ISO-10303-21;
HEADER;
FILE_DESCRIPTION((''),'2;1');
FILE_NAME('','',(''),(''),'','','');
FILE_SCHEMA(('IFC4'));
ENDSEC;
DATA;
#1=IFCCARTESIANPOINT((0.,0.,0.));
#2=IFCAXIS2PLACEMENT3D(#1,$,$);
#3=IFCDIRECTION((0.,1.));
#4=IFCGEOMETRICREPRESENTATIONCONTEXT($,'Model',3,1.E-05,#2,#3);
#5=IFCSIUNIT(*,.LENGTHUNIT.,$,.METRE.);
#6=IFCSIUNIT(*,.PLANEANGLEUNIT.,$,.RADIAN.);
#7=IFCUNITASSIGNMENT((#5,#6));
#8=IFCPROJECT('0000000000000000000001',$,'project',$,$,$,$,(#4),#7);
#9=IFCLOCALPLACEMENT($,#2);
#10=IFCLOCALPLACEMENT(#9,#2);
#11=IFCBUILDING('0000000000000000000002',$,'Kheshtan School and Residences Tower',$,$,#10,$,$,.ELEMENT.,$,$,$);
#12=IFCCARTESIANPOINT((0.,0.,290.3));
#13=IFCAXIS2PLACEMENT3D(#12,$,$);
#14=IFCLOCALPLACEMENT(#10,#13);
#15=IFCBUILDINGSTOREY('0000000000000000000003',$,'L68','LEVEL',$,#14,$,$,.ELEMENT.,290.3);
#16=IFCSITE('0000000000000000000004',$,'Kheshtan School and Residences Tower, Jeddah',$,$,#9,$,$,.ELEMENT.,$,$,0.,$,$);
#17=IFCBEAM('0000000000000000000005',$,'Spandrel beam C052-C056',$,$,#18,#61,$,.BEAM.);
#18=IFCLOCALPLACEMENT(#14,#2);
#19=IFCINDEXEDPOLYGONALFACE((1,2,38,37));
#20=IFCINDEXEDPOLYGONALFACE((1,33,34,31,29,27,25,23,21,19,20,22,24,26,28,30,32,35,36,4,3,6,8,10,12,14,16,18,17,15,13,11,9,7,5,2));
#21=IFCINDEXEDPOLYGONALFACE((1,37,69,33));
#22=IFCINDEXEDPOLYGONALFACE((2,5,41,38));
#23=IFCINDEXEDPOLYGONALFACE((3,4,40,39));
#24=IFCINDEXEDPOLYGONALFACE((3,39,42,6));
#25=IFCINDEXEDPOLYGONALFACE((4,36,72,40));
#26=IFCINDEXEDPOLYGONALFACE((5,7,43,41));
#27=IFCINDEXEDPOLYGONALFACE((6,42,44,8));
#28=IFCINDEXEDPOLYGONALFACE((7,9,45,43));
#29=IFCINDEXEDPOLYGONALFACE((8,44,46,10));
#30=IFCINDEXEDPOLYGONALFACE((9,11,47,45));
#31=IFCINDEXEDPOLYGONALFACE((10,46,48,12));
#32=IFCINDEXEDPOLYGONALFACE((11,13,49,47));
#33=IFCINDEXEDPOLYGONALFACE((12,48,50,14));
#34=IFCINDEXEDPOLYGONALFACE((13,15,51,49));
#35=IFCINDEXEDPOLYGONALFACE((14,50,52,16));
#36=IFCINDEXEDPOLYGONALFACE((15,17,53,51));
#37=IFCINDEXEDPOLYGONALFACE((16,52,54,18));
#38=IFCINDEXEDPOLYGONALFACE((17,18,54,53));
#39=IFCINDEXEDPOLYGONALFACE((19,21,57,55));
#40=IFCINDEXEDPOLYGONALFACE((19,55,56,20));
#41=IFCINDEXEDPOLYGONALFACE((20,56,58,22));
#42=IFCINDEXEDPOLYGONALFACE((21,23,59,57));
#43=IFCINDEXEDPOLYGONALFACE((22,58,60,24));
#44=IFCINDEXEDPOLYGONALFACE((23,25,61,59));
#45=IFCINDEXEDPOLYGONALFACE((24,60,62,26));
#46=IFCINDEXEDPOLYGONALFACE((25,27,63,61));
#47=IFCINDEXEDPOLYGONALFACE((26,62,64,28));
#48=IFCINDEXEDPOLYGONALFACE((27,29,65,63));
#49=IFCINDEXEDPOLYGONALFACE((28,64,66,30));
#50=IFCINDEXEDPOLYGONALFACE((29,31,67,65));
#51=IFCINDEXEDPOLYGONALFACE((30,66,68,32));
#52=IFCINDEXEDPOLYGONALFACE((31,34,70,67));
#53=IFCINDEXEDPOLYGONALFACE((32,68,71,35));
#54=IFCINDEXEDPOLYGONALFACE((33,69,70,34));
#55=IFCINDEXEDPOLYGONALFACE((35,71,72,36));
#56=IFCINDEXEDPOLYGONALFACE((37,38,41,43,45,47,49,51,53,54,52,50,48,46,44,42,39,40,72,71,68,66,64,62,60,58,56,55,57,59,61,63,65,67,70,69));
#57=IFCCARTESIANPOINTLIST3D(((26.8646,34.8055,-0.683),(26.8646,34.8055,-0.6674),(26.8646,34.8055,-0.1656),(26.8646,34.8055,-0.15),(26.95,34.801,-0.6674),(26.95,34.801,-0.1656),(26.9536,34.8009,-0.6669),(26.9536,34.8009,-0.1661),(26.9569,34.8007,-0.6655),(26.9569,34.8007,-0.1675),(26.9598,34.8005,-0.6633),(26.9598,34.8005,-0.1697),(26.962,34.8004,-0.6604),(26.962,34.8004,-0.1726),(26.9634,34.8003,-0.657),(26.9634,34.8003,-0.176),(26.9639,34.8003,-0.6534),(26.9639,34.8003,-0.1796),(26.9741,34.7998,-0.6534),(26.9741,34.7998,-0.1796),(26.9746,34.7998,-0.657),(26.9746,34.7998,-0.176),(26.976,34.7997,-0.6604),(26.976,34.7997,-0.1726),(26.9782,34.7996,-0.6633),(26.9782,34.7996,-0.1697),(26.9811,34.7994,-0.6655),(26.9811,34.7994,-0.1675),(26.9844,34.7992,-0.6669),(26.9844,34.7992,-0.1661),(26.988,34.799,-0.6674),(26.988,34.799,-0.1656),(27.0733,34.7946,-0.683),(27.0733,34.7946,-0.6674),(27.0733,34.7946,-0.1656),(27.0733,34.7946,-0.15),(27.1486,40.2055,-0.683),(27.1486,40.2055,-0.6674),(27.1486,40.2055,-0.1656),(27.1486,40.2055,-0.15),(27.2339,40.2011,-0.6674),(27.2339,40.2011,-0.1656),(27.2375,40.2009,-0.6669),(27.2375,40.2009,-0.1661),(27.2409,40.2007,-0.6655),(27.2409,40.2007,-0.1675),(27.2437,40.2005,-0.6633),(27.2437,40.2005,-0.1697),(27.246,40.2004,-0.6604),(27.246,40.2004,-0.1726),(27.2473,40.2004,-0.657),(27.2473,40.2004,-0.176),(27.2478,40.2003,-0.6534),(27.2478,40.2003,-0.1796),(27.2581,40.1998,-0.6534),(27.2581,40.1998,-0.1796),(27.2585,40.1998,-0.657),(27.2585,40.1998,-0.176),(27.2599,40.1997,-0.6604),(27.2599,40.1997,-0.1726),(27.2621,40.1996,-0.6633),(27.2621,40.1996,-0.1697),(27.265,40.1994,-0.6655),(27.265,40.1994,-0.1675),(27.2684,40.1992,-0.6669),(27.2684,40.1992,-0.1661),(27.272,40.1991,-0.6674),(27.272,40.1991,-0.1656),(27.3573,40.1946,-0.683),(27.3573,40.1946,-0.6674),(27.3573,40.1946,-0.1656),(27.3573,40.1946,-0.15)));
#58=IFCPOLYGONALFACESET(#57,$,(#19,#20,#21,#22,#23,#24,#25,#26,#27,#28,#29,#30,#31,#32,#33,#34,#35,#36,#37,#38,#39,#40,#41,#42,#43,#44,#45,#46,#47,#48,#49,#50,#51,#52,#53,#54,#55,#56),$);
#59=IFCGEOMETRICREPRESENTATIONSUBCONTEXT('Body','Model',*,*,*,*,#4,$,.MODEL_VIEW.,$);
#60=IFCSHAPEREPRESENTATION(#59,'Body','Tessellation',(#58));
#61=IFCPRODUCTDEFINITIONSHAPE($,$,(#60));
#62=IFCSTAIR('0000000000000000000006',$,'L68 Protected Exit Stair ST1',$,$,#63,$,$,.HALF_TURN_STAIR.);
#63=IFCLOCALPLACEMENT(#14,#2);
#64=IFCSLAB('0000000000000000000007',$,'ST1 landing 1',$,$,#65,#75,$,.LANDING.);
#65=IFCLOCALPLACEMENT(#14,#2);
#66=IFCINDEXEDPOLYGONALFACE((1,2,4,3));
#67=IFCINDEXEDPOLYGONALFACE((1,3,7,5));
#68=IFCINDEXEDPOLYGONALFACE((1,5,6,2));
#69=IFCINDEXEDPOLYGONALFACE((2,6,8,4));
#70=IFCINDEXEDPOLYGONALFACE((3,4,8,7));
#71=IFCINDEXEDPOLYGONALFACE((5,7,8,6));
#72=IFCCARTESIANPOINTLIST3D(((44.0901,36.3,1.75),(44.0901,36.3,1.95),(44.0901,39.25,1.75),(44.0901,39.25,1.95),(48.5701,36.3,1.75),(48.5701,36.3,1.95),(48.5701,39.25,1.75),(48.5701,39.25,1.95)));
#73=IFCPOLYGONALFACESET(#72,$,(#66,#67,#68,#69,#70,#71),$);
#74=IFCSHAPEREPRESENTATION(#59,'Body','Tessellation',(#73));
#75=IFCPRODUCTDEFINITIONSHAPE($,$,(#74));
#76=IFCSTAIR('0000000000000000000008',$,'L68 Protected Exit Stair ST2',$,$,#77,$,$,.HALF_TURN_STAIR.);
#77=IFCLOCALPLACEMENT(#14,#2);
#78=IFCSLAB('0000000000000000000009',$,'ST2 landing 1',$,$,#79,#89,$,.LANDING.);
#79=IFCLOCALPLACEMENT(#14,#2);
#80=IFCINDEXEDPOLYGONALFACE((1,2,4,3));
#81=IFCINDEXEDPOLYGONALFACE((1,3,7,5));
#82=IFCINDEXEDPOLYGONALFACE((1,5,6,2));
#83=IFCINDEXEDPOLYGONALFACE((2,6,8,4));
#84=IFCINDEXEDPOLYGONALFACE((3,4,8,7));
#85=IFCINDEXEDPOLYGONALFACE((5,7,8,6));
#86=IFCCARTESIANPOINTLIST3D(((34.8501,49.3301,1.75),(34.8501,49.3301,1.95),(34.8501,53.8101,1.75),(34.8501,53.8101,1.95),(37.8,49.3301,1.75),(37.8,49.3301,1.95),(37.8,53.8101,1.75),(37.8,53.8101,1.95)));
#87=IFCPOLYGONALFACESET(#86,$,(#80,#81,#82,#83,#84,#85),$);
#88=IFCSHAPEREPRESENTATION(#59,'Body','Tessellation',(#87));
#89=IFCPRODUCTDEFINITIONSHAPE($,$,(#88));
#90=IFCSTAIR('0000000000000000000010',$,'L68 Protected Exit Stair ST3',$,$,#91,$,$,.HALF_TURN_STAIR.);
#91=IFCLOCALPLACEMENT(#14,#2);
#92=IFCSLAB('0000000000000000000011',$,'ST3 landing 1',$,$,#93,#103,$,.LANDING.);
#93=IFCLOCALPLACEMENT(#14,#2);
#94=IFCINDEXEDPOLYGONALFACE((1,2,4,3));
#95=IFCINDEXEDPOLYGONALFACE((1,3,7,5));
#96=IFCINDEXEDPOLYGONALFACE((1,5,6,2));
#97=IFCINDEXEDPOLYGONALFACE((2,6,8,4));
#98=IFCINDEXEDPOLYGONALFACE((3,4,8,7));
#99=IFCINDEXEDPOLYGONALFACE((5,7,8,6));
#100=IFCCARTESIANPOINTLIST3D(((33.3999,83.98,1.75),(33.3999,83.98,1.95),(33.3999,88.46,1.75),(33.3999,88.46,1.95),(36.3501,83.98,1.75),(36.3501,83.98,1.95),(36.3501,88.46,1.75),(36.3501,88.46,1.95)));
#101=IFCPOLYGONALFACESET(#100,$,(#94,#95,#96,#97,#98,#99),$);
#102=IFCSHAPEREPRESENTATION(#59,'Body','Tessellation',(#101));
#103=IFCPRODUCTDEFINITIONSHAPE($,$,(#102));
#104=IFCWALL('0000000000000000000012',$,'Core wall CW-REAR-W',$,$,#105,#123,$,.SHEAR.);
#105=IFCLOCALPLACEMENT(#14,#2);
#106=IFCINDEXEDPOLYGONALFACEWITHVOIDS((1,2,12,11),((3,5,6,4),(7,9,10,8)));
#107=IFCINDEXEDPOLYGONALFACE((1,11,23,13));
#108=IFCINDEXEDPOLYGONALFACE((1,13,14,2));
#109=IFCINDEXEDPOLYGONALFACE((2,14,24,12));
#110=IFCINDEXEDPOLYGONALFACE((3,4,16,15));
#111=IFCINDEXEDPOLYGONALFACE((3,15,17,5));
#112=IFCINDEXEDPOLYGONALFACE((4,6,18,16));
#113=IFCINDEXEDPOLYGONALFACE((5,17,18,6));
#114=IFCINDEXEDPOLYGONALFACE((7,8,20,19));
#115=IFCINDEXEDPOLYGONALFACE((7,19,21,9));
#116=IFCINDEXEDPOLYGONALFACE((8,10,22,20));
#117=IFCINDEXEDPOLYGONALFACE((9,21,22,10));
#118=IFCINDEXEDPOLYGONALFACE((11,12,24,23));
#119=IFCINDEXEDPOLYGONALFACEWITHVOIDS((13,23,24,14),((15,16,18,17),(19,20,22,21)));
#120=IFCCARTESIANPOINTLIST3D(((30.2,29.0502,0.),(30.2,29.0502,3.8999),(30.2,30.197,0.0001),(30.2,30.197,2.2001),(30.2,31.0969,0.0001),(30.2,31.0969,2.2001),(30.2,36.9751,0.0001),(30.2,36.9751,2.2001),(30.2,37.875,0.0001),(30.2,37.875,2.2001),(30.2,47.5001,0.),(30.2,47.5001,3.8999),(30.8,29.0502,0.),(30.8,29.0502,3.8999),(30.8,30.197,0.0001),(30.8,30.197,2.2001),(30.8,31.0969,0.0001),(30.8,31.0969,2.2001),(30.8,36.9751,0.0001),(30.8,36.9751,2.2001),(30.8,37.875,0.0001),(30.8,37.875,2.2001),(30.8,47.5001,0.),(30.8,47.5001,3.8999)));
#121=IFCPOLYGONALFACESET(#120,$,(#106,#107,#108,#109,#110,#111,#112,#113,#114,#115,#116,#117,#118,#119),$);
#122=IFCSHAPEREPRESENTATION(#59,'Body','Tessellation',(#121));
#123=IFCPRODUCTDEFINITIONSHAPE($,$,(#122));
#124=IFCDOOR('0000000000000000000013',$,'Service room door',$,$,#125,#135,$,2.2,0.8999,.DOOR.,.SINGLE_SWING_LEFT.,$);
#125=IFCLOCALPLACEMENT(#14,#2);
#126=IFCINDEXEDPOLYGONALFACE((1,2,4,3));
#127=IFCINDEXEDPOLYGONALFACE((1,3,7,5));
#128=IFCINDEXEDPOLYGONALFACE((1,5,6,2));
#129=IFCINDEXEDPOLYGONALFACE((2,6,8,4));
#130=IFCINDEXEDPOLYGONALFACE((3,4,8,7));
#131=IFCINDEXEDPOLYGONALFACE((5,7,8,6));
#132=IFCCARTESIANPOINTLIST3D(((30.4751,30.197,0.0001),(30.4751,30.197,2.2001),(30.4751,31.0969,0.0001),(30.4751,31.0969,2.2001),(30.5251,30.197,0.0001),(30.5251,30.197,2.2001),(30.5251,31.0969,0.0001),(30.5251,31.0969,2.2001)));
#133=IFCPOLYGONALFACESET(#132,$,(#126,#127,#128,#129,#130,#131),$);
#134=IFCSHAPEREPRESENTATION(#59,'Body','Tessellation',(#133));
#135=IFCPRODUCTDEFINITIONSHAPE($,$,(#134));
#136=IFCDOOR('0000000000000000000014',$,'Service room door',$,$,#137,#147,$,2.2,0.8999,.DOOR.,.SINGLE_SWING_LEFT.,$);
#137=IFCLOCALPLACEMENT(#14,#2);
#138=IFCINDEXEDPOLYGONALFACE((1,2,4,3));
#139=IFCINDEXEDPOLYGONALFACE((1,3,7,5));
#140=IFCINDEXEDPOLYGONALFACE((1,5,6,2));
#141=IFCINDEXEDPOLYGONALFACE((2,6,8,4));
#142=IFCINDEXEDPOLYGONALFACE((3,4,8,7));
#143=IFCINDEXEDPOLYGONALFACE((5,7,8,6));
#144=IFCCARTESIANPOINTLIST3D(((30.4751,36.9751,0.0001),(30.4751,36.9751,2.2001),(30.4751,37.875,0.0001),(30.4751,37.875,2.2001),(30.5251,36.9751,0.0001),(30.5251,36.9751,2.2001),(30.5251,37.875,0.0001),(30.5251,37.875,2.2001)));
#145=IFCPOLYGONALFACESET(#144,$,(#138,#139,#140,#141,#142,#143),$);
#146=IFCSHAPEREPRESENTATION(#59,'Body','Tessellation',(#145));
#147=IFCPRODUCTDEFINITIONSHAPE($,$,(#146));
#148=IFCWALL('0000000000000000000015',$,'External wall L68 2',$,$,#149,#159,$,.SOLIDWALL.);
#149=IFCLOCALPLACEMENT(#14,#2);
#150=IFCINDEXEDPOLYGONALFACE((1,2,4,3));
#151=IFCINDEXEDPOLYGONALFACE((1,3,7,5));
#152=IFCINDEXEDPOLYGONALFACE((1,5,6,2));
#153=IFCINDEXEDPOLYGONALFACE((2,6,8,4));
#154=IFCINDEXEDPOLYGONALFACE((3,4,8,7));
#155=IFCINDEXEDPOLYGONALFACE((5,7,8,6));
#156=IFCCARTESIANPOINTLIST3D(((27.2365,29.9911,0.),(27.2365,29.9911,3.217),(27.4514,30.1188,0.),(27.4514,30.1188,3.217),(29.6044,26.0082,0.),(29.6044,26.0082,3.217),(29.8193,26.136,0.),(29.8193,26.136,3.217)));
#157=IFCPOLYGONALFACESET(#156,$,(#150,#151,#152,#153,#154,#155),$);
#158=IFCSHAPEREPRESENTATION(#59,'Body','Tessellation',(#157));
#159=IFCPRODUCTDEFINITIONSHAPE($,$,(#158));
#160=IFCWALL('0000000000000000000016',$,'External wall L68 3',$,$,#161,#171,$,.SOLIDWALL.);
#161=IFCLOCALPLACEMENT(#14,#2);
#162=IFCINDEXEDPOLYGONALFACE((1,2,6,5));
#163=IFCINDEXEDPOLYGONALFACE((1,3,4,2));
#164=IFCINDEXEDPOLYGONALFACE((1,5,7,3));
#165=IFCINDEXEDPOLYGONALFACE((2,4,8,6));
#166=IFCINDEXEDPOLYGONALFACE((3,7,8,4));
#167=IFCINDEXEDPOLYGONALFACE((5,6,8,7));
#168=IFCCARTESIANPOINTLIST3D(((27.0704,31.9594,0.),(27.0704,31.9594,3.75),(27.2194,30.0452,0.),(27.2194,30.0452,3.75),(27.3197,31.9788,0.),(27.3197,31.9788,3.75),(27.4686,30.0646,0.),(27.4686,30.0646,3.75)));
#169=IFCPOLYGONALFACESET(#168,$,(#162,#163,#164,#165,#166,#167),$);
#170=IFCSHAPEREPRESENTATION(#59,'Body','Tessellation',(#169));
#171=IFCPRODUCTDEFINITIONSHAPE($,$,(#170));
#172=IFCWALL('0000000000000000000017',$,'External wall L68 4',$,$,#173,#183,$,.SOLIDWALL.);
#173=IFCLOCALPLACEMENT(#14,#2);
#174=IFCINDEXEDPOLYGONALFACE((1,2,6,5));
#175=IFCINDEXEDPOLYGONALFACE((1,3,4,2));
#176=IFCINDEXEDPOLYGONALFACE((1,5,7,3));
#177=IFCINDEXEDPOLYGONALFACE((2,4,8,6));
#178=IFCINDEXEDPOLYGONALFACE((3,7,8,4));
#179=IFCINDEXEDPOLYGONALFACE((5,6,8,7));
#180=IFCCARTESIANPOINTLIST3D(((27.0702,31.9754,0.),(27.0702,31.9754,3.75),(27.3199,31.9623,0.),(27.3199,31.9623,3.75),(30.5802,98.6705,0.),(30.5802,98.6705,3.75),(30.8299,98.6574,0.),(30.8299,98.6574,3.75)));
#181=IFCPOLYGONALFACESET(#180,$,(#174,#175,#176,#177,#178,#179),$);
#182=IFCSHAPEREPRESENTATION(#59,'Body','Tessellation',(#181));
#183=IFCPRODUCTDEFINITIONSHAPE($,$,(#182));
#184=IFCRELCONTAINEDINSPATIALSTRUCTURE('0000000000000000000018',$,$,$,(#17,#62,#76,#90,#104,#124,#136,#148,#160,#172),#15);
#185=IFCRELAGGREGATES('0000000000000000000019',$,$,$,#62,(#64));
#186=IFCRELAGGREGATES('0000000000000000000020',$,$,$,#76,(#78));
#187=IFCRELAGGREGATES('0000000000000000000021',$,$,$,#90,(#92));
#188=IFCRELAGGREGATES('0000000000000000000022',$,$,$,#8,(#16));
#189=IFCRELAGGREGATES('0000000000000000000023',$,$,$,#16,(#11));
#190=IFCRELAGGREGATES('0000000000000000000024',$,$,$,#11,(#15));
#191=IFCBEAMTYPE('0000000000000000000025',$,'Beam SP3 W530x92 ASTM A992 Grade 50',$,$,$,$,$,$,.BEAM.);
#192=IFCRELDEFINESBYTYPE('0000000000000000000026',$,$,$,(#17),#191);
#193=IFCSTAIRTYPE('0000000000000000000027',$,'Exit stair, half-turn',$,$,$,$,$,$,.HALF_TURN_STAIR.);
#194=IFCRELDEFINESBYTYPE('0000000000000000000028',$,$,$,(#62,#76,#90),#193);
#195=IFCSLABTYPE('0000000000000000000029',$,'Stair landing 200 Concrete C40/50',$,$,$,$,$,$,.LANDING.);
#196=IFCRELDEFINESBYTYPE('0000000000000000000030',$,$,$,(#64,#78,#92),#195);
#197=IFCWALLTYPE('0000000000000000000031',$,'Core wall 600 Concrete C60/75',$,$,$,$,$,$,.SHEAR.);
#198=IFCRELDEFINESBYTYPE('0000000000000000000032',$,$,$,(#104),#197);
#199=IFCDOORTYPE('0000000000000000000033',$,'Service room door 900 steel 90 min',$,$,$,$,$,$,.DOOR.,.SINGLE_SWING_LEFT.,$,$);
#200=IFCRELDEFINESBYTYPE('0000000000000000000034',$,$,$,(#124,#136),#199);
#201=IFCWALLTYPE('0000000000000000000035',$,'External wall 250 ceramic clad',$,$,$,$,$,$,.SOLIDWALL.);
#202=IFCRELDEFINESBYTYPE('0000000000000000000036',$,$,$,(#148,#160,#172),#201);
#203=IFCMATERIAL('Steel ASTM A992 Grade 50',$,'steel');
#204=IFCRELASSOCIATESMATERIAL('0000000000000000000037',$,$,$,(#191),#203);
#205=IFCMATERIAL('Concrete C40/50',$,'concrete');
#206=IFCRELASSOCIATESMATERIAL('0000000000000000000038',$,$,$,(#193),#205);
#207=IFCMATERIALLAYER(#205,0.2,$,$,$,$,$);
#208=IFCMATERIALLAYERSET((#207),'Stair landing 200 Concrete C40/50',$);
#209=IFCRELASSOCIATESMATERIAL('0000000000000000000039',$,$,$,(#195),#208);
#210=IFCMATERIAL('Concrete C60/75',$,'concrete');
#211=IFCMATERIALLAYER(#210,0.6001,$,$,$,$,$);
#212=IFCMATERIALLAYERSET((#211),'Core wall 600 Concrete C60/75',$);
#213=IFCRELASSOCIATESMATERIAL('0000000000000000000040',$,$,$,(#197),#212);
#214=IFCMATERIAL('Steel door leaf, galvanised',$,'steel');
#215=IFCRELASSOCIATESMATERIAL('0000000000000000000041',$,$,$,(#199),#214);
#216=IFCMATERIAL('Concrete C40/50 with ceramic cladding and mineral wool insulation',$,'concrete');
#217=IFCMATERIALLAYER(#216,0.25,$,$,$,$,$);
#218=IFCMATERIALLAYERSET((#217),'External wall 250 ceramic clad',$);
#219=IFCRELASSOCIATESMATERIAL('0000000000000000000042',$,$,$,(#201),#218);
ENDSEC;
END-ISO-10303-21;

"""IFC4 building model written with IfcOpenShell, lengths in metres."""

from ifc_helpers import new_model, si_unit, direction, frame, frame_2d, origin, origin_2d, place, context, subcontext, project, spatial, polyline, rectangle, i_section, outline, extrude, source, transform, mapped, material, layer, layer_set, material_profile, profile_set, type_object, element, fill, aggregate, save


model = new_model("IFC4")

# Units and contexts
model_context = context("Model", 3, precision=1e-05, world=origin(), true_north=direction((0.0, 1.0)))
body_context = subcontext(model_context, "Body", "Model", "MODEL_VIEW")
ifc_project = project(units=[si_unit("LENGTHUNIT", "METRE"), si_unit("PLANEANGLEUNIT", "RADIAN")], contexts=[model_context])

# Site, building, storey
site_placement = place(None, origin())
site = spatial("IfcSite", under=ifc_project, at=site_placement, Name="Kheshtan School and Residences Tower, Jeddah", CompositionType="ELEMENT", RefElevation=0.0)
building_placement = place(site_placement, origin())
building = spatial("IfcBuilding", under=site, at=building_placement, Name="Kheshtan School and Residences Tower", CompositionType="ELEMENT")
storey_placement = place(building_placement, frame((0.0, 0.0, 290.3)))
storey = spatial("IfcBuildingStorey", under=building, at=storey_placement, Name="L68", Description="LEVEL", CompositionType="ELEMENT", Elevation=290.3)

# Shared definitions
ifc_material_1 = material(Name="Steel ASTM A992 Grade 50", Category="steel")

# Beam
ifc_material_profile_1 = material_profile(ifc_material_1, i_section(OverallWidth=0.209, OverallDepth=0.533, WebThickness=0.0103, FlangeThickness=0.0156, FilletRadius=0.0139, at=origin_2d()), Name="W530x92")
ifc_profile_set_1 = profile_set([ifc_material_profile_1], Name="Steel ASTM A992 Grade 50")
beam_type_1 = type_object("IfcBeamType", Name="Beam SP3 W530x92 ASTM A992 Grade 50", PredefinedType="BEAM", material=ifc_profile_set_1)
beam_1_placement = place(storey_placement, frame((26.969, 34.8, -0.4165), z_axis=(0.052509, 0.99862, 0.0), x_axis=(-0.99862, 0.052509, 0.0)))
element("IfcBeam", 1, at=beam_1_placement, inside=storey, type_object=beam_type_1, Name="Spandrel beam C052-C056", PredefinedType="BEAM", context=body_context, shape_type="SweptSolid", body=[
    extrude(i_section(OverallWidth=0.209, OverallDepth=0.533, WebThickness=0.0103, FlangeThickness=0.0156, FilletRadius=0.0139, at=origin_2d()), origin(), (0.0, 0.0, 1.0), 5.4075),
])

# Shared definitions
ifc_material_2 = material(Name="Concrete C40/50", Category="concrete")

# Stairs, slabs
stair_type = type_object("IfcStairType", Name="Exit stair, half-turn", PredefinedType="HALF_TURN_STAIR", material=ifc_material_2)
stair_1_placement = place(storey_placement, origin())
stair_1 = element("IfcStair", 2, at=stair_1_placement, inside=storey, type_object=stair_type, Name="L68 Protected Exit Stair ST1", PredefinedType="HALF_TURN_STAIR")
ifc_layer_1 = layer(ifc_material_2, 0.2)
ifc_layer_set_1 = layer_set([ifc_layer_1], Name="Stair landing 200 Concrete C40/50")
slab_type_1 = type_object("IfcSlabType", Name="Stair landing 200 Concrete C40/50", PredefinedType="LANDING", material=ifc_layer_set_1)
slab_1_placement = place(storey_placement, frame((0.0, 0.0, 1.75)))
slab_1 = element("IfcSlab", 3, at=slab_1_placement, type_object=slab_type_1, Name="ST1 landing 1", PredefinedType="LANDING", context=body_context, shape_type="SweptSolid", body=[
    extrude(outline(polyline([(48.5701, 39.25), (44.0901, 39.25), (44.0901, 36.3), (48.5701, 36.3), (48.5701, 39.25)])), origin(), (0.0, 0.0, 1.0), 0.2),
])
aggregate(stair_1, [slab_1])
stair_2_placement = place(storey_placement, origin())
stair_2 = element("IfcStair", 4, at=stair_2_placement, inside=storey, type_object=stair_type, Name="L68 Protected Exit Stair ST2", PredefinedType="HALF_TURN_STAIR")
slab_2_placement = place(storey_placement, frame((0.0, 0.0, 1.75)))
slab_2 = element("IfcSlab", 5, at=slab_2_placement, type_object=slab_type_1, Name="ST2 landing 1", PredefinedType="LANDING", context=body_context, shape_type="SweptSolid", body=[
    extrude(outline(polyline([(37.8, 49.3301), (37.8, 53.8101), (34.8501, 53.8101), (34.8501, 49.3301), (37.8, 49.3301)])), origin(), (0.0, 0.0, 1.0), 0.2),
])
aggregate(stair_2, [slab_2])
stair_3_placement = place(storey_placement, origin())
stair_3 = element("IfcStair", 6, at=stair_3_placement, inside=storey, type_object=stair_type, Name="L68 Protected Exit Stair ST3", PredefinedType="HALF_TURN_STAIR")
slab_3_placement = place(storey_placement, frame((0.0, 0.0, 1.75)))
slab_3 = element("IfcSlab", 7, at=slab_3_placement, type_object=slab_type_1, Name="ST3 landing 1", PredefinedType="LANDING", context=body_context, shape_type="SweptSolid", body=[
    extrude(outline(polyline([(36.3501, 83.98), (36.3501, 88.46), (33.3999, 88.46), (33.3999, 83.98), (36.3501, 83.98)])), origin(), (0.0, 0.0, 1.0), 0.2),
])
aggregate(stair_3, [slab_3])

# Wall, openings, doors
ifc_material_3 = material(Name="Concrete C60/75", Category="concrete")
ifc_layer_2 = layer(ifc_material_3, 0.6001)
ifc_layer_set_2 = layer_set([ifc_layer_2], Name="Core wall 600 Concrete C60/75")
wall_type_1 = type_object("IfcWallType", Name="Core wall 600 Concrete C60/75", PredefinedType="SHEAR", material=ifc_layer_set_2)
wall_1_placement = place(storey_placement, frame((30.5, 29.05, 0.0), z_axis=(0.0, 0.0, 1.0), x_axis=(0.0, 1.0, 0.0)))
wall_1 = element("IfcWall", 8, at=wall_1_placement, inside=storey, type_object=wall_type_1, Name="Core wall CW-REAR-W", PredefinedType="SHEAR", context=body_context, shape_type="SweptSolid", body=[
    extrude(rectangle(XDim=18.45, YDim=0.6001, at=frame_2d((9.2251, 0.0))), origin(), (0.0, 0.0, 1.0), 3.8999),
])
opening_1_placement = place(wall_1_placement, frame((1.147, 0.0, 0.0)))
opening_1 = element("IfcOpeningElement", 9, at=opening_1_placement, cuts=wall_1, PredefinedType="OPENING", context=body_context, shape_type="SweptSolid", body=[
    extrude(rectangle(XDim=0.8999, YDim=2.2, at=frame_2d((0.45, 1.1001))), frame((0.0, 0.3101, 0.0), z_axis=(0.0, -1.0, 0.0), x_axis=(1.0, 0.0, 0.0)), (0.0, 0.0, 1.0), 0.6201),
])
opening_2_placement = place(wall_1_placement, frame((7.925, 0.0, 0.0)))
opening_2 = element("IfcOpeningElement", 10, at=opening_2_placement, cuts=wall_1, PredefinedType="OPENING", context=body_context, shape_type="SweptSolid", body=[
    extrude(rectangle(XDim=0.8999, YDim=2.2, at=frame_2d((0.45, 1.1001))), frame((0.0, 0.3101, 0.0), z_axis=(0.0, -1.0, 0.0), x_axis=(1.0, 0.0, 0.0)), (0.0, 0.0, 1.0), 0.6201),
])
ifc_material_4 = material(Name="Steel door leaf, galvanised", Category="steel")
door_type = type_object("IfcDoorType", Name="Service room door 900 steel 90 min", OperationType="SINGLE_SWING_LEFT", PredefinedType="DOOR", material=ifc_material_4)
shared_shape = source(origin(), body_context, "Body", "SweptSolid", [
    extrude(rectangle(XDim=0.8999, YDim=2.2, at=frame_2d((0.45, 1.1001))), frame((0.0, 0.0249, 0.0), z_axis=(0.0, -1.0, 0.0), x_axis=(1.0, 0.0, 0.0)), (0.0, 0.0, 1.0), 0.05),
])
door_1_placement = place(opening_1_placement, origin())
door_1 = element("IfcDoor", 11, at=door_1_placement, inside=storey, type_object=door_type, Name="Service room door", OperationType="SINGLE_SWING_LEFT", OverallHeight=2.2, OverallWidth=0.8999, PredefinedType="DOOR", context=body_context, shape_type="MappedRepresentation", body=[
    mapped(shared_shape, transform((0.0, 0.0, 0.0), x_axis=(1.0, 0.0, 0.0), y_axis=(0.0, 1.0, 0.0), z_axis=(0.0, 0.0, 1.0), scale=1.0)),
])
fill(opening_1, door_1)
door_2_placement = place(opening_2_placement, origin())
door_2 = element("IfcDoor", 12, at=door_2_placement, inside=storey, type_object=door_type, Name="Service room door", OperationType="SINGLE_SWING_LEFT", OverallHeight=2.2, OverallWidth=0.8999, PredefinedType="DOOR", context=body_context, shape_type="MappedRepresentation", body=[
    mapped(shared_shape, transform((0.0, 0.0, 0.0), x_axis=(1.0, 0.0, 0.0), y_axis=(0.0, 1.0, 0.0), z_axis=(0.0, 0.0, 1.0), scale=1.0)),
])
fill(opening_2, door_2)

# Walls
ifc_material_5 = material(Name="Concrete C40/50 with ceramic cladding and mineral wool insulation", Category="concrete")
ifc_layer_3 = layer(ifc_material_5, 0.25)
ifc_layer_set_3 = layer_set([ifc_layer_3], Name="External wall 250 ceramic clad")
wall_type_2 = type_object("IfcWallType", Name="External wall 250 ceramic clad", PredefinedType="SOLIDWALL", material=ifc_layer_set_3)
wall_2_placement = place(storey_placement, frame((29.7119, 26.072, 0.0), z_axis=(0.0, 0.0, 1.0), x_axis=(-0.511028, 0.859564, 0.0)))
element("IfcWall", 13, at=wall_2_placement, inside=storey, type_object=wall_type_2, Name="External wall L68 2", PredefinedType="SOLIDWALL", context=body_context, shape_type="SweptSolid", body=[
    extrude(rectangle(XDim=4.6335, YDim=0.25, at=frame_2d((2.3169, 0.0))), origin(), (0.0, 0.0, 1.0), 3.217),
])
wall_3_placement = place(storey_placement, frame((27.344, 30.0549, 0.0), z_axis=(0.0, 0.0, 1.0), x_axis=(-0.077572, 0.996987, 0.0)))
element("IfcWall", 14, at=wall_3_placement, inside=storey, type_object=wall_type_2, Name="External wall L68 3", PredefinedType="SOLIDWALL", context=body_context, shape_type="SweptSolid", body=[
    extrude(rectangle(XDim=1.9199, YDim=0.25, at=frame_2d((0.96, 0.0))), origin(), (0.0, 0.0, 1.0), 3.75),
])
wall_4_placement = place(storey_placement, frame((27.1951, 31.969, 0.0), z_axis=(0.0, 0.0, 1.0), x_axis=(0.052555, 0.998618, 0.0)))
element("IfcWall", 15, at=wall_4_placement, inside=storey, type_object=wall_type_2, Name="External wall L68 4", PredefinedType="SOLIDWALL", context=body_context, shape_type="SweptSolid", body=[
    extrude(rectangle(XDim=66.7874, YDim=0.25, at=frame_2d((33.3936, 0.0))), origin(), (0.0, 0.0, 1.0), 3.75),
])

save(model, "model.ifc")
